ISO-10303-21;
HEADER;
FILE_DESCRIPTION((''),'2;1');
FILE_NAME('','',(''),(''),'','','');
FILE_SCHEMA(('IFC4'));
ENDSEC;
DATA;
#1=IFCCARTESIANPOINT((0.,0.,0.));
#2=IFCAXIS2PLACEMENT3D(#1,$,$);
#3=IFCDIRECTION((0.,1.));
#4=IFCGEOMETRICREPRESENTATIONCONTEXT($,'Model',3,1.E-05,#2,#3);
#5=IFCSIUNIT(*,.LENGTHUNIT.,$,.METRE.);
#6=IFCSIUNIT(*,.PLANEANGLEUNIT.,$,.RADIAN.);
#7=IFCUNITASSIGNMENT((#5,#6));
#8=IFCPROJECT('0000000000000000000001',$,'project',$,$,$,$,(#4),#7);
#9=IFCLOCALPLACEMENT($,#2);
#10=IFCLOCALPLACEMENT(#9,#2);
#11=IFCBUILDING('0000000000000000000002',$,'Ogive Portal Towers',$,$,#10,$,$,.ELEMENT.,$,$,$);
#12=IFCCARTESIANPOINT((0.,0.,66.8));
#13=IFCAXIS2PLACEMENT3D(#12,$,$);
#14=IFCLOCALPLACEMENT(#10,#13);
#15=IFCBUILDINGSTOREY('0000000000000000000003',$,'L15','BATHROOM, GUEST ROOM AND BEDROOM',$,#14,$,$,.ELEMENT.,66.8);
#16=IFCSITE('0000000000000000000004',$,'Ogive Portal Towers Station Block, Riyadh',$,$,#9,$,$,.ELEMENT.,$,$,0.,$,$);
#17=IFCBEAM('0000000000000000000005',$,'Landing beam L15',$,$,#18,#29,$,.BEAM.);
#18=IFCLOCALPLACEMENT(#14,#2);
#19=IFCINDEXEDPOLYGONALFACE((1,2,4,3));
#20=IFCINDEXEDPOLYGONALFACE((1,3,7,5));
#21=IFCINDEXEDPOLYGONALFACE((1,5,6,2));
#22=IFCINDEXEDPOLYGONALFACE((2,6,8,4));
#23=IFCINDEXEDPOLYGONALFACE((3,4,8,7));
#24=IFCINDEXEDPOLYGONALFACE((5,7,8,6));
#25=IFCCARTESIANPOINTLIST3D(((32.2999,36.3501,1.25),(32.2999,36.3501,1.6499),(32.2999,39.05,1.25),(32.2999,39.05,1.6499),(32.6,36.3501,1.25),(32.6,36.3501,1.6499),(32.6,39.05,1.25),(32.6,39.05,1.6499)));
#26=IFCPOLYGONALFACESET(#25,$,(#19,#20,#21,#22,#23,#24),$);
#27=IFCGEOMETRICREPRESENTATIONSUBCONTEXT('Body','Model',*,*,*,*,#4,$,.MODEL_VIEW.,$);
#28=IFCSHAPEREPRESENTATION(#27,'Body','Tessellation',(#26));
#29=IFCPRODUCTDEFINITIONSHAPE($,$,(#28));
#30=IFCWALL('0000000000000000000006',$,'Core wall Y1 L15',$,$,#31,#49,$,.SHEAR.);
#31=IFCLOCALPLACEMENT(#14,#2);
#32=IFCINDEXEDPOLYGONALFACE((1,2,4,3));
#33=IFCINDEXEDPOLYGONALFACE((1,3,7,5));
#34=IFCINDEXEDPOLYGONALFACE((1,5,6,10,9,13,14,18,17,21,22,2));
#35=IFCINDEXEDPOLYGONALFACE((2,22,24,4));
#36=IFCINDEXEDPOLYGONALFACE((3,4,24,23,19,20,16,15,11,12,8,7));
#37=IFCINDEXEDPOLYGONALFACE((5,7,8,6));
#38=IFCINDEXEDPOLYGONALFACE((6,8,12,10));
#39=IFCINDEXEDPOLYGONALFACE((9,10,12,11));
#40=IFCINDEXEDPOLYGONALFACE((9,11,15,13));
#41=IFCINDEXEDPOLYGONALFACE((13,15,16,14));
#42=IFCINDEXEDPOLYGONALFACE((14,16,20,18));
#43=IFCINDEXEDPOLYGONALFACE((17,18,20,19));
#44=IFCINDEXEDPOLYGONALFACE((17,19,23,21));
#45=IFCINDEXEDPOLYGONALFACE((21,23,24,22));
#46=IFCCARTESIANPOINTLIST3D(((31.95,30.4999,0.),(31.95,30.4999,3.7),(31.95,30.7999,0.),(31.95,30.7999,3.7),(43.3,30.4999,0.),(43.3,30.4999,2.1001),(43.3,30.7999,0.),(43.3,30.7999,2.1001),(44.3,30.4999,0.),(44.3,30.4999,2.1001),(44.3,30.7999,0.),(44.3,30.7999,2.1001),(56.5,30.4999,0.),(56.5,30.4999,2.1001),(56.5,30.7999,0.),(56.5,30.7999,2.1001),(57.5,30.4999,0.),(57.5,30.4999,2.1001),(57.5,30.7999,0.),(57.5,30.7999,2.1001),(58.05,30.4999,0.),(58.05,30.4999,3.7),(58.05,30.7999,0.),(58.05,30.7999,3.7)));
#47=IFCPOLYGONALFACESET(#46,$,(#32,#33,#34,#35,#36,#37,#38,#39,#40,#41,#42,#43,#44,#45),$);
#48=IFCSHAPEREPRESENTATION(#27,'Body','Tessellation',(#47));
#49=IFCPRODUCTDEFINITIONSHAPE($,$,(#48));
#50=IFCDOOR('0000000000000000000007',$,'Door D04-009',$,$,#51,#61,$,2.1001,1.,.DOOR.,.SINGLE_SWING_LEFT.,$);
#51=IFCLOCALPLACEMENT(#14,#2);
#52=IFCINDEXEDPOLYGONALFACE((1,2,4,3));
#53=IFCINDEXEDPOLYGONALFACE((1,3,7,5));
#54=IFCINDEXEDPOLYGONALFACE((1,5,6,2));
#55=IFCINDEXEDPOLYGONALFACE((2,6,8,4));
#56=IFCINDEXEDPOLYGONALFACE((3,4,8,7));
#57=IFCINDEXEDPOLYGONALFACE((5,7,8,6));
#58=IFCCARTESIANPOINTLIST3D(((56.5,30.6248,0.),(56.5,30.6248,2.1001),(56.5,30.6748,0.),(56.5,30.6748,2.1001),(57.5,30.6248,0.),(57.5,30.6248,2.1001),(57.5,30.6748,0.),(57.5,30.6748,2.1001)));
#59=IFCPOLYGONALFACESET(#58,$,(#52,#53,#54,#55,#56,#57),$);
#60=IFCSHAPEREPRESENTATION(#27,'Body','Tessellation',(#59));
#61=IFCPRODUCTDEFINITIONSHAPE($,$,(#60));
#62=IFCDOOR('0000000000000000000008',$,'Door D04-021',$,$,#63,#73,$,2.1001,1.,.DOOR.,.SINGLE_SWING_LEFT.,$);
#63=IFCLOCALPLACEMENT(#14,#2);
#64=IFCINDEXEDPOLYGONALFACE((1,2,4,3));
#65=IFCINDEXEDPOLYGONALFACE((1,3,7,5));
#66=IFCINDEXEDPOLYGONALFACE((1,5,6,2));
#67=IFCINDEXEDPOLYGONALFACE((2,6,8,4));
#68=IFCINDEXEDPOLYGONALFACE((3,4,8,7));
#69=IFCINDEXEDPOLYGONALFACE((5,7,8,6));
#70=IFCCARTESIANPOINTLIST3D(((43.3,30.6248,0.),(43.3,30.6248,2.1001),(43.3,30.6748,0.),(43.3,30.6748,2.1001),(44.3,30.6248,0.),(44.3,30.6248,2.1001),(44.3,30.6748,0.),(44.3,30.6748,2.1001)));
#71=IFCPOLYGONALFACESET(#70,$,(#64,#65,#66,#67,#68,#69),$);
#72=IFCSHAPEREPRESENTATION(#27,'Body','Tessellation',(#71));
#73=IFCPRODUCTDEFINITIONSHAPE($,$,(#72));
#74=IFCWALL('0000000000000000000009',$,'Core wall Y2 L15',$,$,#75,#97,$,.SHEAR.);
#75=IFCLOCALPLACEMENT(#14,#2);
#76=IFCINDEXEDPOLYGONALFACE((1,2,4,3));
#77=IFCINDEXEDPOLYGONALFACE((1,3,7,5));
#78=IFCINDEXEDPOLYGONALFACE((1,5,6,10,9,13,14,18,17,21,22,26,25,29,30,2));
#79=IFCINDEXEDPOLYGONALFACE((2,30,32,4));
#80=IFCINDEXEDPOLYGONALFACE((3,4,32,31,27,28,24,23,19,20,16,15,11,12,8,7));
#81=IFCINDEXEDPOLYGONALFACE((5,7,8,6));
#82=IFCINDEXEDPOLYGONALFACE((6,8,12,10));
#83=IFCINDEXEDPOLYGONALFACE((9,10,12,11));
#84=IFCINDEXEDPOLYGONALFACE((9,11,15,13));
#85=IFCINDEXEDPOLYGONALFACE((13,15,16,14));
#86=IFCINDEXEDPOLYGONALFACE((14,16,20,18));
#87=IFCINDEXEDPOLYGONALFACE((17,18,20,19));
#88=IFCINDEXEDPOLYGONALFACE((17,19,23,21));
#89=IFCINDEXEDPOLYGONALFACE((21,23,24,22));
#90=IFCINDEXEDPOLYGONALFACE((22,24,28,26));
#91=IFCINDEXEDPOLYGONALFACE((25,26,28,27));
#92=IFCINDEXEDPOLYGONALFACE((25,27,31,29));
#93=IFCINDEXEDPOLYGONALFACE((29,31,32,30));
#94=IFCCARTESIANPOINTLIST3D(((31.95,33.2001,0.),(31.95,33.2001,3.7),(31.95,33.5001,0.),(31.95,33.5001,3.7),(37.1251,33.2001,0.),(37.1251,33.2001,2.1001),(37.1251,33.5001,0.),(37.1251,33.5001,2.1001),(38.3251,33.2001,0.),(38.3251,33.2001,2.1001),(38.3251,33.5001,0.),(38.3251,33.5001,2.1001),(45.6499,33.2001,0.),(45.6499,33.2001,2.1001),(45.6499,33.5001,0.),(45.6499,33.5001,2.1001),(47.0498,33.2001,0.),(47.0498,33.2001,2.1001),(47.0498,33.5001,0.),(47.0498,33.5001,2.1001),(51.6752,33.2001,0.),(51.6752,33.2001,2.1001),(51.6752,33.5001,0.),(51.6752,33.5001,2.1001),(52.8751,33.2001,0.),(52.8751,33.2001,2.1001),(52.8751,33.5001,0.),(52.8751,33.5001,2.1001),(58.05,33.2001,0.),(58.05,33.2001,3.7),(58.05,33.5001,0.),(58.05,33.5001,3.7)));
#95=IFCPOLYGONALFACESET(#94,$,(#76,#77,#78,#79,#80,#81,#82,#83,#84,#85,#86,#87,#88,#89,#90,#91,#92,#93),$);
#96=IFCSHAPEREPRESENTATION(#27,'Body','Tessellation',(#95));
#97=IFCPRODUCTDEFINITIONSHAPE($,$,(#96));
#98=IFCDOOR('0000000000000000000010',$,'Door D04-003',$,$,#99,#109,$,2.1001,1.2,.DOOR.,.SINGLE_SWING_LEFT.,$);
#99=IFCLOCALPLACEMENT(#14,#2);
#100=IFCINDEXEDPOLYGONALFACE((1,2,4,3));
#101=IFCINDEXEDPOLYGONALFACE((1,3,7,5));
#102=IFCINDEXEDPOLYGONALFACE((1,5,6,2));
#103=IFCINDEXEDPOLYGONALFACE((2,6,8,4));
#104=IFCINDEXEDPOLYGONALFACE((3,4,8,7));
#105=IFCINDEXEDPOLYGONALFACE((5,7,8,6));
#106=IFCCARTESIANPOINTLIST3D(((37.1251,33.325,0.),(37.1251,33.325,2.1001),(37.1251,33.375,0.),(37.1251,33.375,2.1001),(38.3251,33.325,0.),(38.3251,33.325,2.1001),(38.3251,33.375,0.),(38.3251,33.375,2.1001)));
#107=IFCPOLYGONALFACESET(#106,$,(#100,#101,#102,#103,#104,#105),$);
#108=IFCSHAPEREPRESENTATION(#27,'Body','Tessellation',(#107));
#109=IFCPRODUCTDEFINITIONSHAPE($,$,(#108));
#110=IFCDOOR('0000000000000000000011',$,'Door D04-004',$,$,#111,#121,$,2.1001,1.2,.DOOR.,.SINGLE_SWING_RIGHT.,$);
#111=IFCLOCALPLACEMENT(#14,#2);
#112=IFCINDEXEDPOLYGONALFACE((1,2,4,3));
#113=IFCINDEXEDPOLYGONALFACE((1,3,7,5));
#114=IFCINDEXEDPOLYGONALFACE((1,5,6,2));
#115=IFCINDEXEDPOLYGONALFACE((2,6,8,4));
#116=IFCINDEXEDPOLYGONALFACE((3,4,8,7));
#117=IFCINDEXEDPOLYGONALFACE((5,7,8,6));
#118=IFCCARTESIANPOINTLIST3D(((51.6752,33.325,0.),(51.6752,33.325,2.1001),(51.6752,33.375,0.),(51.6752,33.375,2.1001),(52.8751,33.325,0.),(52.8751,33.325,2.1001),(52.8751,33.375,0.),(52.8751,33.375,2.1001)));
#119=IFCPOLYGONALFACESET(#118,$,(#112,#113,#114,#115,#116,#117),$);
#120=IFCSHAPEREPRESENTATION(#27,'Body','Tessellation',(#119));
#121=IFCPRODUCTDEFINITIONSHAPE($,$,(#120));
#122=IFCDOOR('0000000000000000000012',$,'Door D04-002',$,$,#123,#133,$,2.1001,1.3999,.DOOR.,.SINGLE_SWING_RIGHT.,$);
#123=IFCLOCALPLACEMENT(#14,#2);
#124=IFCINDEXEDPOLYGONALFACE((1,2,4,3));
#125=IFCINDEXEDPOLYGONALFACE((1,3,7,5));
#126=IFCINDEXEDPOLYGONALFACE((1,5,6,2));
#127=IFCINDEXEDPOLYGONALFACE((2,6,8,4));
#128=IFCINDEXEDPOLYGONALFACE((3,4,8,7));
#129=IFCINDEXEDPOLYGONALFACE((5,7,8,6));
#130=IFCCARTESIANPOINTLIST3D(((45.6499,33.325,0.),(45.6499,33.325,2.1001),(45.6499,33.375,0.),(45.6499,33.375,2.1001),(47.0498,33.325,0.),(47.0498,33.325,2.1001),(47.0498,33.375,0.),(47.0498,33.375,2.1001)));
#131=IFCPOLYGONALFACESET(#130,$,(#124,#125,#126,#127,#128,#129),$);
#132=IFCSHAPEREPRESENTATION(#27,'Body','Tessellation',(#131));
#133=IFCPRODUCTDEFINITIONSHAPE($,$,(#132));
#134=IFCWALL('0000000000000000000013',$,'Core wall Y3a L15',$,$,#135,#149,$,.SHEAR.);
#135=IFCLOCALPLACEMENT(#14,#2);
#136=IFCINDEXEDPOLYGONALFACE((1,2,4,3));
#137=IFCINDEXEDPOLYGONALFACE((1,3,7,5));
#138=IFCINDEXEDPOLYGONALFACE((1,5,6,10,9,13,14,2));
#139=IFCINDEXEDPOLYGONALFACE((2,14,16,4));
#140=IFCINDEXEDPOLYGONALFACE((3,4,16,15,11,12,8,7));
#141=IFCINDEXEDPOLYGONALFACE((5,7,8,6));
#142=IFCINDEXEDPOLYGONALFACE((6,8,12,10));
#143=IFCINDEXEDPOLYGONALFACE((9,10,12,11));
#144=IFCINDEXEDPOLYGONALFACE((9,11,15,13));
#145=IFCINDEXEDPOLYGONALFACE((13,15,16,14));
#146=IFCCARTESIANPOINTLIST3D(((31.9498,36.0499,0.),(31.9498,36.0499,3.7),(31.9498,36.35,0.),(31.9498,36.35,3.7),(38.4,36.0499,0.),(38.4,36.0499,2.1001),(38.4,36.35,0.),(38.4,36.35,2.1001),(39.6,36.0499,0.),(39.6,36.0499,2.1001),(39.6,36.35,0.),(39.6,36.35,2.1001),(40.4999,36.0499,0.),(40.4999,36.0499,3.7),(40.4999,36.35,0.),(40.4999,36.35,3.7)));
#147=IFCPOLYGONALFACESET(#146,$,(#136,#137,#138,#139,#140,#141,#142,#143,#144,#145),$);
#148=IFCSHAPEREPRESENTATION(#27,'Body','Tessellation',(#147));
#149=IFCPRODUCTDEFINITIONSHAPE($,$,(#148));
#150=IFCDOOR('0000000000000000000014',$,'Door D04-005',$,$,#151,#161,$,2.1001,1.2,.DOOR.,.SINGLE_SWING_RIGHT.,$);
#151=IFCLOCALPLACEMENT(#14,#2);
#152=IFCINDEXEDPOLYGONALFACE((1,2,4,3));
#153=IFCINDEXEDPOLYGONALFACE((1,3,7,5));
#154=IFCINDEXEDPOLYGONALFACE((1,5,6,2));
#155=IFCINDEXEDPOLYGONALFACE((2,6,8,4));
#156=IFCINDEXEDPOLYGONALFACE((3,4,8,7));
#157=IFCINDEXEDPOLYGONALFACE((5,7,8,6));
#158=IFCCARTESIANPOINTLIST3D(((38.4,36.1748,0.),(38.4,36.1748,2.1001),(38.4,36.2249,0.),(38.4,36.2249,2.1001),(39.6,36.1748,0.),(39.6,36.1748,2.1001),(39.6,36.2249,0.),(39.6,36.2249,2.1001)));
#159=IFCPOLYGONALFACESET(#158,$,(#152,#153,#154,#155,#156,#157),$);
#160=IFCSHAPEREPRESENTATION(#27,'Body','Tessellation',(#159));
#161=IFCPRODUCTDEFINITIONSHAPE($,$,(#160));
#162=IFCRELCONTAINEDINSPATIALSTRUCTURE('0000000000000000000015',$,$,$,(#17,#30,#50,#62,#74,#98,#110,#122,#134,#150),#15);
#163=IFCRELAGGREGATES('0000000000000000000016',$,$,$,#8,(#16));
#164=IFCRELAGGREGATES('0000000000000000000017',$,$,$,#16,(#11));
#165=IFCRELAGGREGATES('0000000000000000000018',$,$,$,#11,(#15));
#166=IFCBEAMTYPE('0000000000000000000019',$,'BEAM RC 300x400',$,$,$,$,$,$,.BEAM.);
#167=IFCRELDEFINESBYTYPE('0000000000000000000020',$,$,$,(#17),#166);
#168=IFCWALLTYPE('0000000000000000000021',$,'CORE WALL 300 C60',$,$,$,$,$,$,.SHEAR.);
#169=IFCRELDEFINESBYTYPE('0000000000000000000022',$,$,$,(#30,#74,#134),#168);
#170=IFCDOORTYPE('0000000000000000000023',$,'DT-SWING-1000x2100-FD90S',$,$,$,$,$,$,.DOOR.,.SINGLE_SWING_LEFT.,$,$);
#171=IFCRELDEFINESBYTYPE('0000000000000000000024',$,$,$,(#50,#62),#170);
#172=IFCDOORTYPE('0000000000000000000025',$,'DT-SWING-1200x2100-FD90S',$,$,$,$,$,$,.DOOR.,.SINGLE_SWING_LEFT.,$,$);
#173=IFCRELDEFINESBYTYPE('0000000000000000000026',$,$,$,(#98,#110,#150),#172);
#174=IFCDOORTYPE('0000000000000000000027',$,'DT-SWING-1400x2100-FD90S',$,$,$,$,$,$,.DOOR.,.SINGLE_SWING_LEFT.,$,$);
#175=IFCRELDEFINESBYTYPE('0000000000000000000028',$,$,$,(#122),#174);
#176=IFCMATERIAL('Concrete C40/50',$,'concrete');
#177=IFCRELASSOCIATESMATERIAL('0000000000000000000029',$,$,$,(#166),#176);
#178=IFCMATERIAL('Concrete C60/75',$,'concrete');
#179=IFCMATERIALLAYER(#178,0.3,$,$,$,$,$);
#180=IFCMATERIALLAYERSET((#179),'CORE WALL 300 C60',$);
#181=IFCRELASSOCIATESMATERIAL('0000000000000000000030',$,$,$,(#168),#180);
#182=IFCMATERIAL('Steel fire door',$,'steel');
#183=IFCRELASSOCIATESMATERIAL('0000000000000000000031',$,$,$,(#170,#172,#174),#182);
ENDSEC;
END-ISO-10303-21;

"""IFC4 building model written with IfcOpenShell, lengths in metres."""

from ifc_helpers import new_model, si_unit, direction, frame, frame_2d, origin, origin_2d, place, context, subcontext, project, spatial, rectangle, extrude, material, layer, layer_set, material_profile, profile_set, type_object, element, fill, save


model = new_model("IFC4")

# Units and contexts
model_context = context("Model", 3, precision=1e-05, world=origin(), true_north=direction((0.0, 1.0)))
body_context = subcontext(model_context, "Body", "Model", "MODEL_VIEW")
ifc_project = project(units=[si_unit("LENGTHUNIT", "METRE"), si_unit("PLANEANGLEUNIT", "RADIAN")], contexts=[model_context])

# Site, building, storey
site_placement = place(None, origin())
site = spatial("IfcSite", under=ifc_project, at=site_placement, Name="Ogive Portal Towers Station Block, Riyadh", CompositionType="ELEMENT", RefElevation=0.0)
building_placement = place(site_placement, origin())
building = spatial("IfcBuilding", under=site, at=building_placement, Name="Ogive Portal Towers", CompositionType="ELEMENT")
storey_placement = place(building_placement, frame((0.0, 0.0, 66.8)))
storey = spatial("IfcBuildingStorey", under=building, at=storey_placement, Name="L15", Description="BATHROOM, GUEST ROOM AND BEDROOM", CompositionType="ELEMENT", Elevation=66.8)

# Beam
ifc_material_1 = material(Name="Concrete C40/50", Category="concrete")
ifc_material_profile = material_profile(ifc_material_1, rectangle(XDim=0.3, YDim=0.3999, at=origin_2d()), Name="RC 300x400")
ifc_profile_set = profile_set([ifc_material_profile], Name="Concrete C40/50")
beam_type = type_object("IfcBeamType", Name="BEAM RC 300x400", PredefinedType="BEAM", material=ifc_profile_set)
beam_placement = place(storey_placement, frame((32.45, 36.3501, 1.45), z_axis=(0.0, 1.0, 0.0), x_axis=(-1.0, 0.0, 0.0)))
element("IfcBeam", 1, at=beam_placement, inside=storey, type_object=beam_type, Name="Landing beam L15", PredefinedType="BEAM", context=body_context, shape_type="SweptSolid", body=[
    extrude(rectangle(XDim=0.3, YDim=0.3999, at=origin_2d()), origin(), (0.0, 0.0, 1.0), 2.7),
])

# Walls, openings, doors
ifc_material_2 = material(Name="Concrete C60/75", Category="concrete")
ifc_layer_1 = layer(ifc_material_2, 0.3)
ifc_layer_set_1 = layer_set([ifc_layer_1], Name="CORE WALL 300 C60")
wall_type_1 = type_object("IfcWallType", Name="CORE WALL 300 C60", PredefinedType="SHEAR", material=ifc_layer_set_1)
wall_1_placement = place(storey_placement, frame((31.95, 30.6499, 0.0), z_axis=(0.0, 0.0, 1.0), x_axis=(1.0, 0.0, 0.0)))
wall_1 = element("IfcWall", 2, at=wall_1_placement, inside=storey, type_object=wall_type_1, Name="Core wall Y1 L15", PredefinedType="SHEAR", context=body_context, shape_type="SweptSolid", body=[
    extrude(rectangle(XDim=26.1001, YDim=0.3, at=frame_2d((13.05, 0.0))), origin(), (0.0, 0.0, 1.0), 3.7),
])
opening_1_placement = place(wall_1_placement, frame((24.55, 0.0, 0.0)))
opening_1 = element("IfcOpeningElement", 3, at=opening_1_placement, cuts=wall_1, PredefinedType="OPENING", context=body_context, shape_type="SweptSolid", body=[
    extrude(rectangle(XDim=1.0, YDim=2.1001, at=frame_2d((0.5, 1.05))), frame((0.0, 0.1602, 0.0), z_axis=(0.0, -1.0, 0.0), x_axis=(1.0, 0.0, 0.0)), (0.0, 0.0, 1.0), 0.3201),
])
opening_2_placement = place(wall_1_placement, frame((11.3501, 0.0, 0.0)))
opening_2 = element("IfcOpeningElement", 4, at=opening_2_placement, cuts=wall_1, PredefinedType="OPENING", context=body_context, shape_type="SweptSolid", body=[
    extrude(rectangle(XDim=1.0, YDim=2.1001, at=frame_2d((0.5, 1.05))), frame((0.0, 0.1602, 0.0), z_axis=(0.0, -1.0, 0.0), x_axis=(1.0, 0.0, 0.0)), (0.0, 0.0, 1.0), 0.3201),
])
ifc_material_3 = material(Name="Steel fire door", Category="steel")
door_type_1 = type_object("IfcDoorType", Name="DT-SWING-1000x2100-FD90S", OperationType="SINGLE_SWING_LEFT", PredefinedType="DOOR", material=ifc_material_3)
door_1_placement = place(opening_1_placement, origin())
door_1 = element("IfcDoor", 5, at=door_1_placement, inside=storey, type_object=door_type_1, Name="Door D04-009", OperationType="SINGLE_SWING_LEFT", OverallHeight=2.1001, OverallWidth=1.0, PredefinedType="DOOR", context=body_context, shape_type="SweptSolid", body=[
    extrude(rectangle(XDim=1.0, YDim=2.1001, at=frame_2d((0.5, 1.05))), frame((0.0, 0.0249, 0.0), z_axis=(0.0, -1.0, 0.0), x_axis=(1.0, 0.0, 0.0)), (0.0, 0.0, 1.0), 0.05),
])
fill(opening_1, door_1)
door_2_placement = place(opening_2_placement, origin())
door_2 = element("IfcDoor", 6, at=door_2_placement, inside=storey, type_object=door_type_1, Name="Door D04-021", OperationType="SINGLE_SWING_LEFT", OverallHeight=2.1001, OverallWidth=1.0, PredefinedType="DOOR", context=body_context, shape_type="SweptSolid", body=[
    extrude(rectangle(XDim=1.0, YDim=2.1001, at=frame_2d((0.5, 1.05))), frame((0.0, 0.0249, 0.0), z_axis=(0.0, -1.0, 0.0), x_axis=(1.0, 0.0, 0.0)), (0.0, 0.0, 1.0), 0.05),
])
fill(opening_2, door_2)
wall_2_placement = place(storey_placement, frame((31.95, 33.3501, 0.0), z_axis=(0.0, 0.0, 1.0), x_axis=(1.0, 0.0, 0.0)))
wall_2 = element("IfcWall", 7, at=wall_2_placement, inside=storey, type_object=wall_type_1, Name="Core wall Y2 L15", PredefinedType="SHEAR", context=body_context, shape_type="SweptSolid", body=[
    extrude(rectangle(XDim=26.1001, YDim=0.3, at=frame_2d((13.05, 0.0))), origin(), (0.0, 0.0, 1.0), 3.7),
])
opening_3_placement = place(wall_2_placement, frame((13.7, 0.0, 0.0)))
opening_3 = element("IfcOpeningElement", 8, at=opening_3_placement, cuts=wall_2, PredefinedType="OPENING", context=body_context, shape_type="SweptSolid", body=[
    extrude(rectangle(XDim=1.3999, YDim=2.1001, at=frame_2d((0.7, 1.05))), frame((0.0, 0.1602, 0.0), z_axis=(0.0, -1.0, 0.0), x_axis=(1.0, 0.0, 0.0)), (0.0, 0.0, 1.0), 0.3201),
])
opening_4_placement = place(wall_2_placement, frame((5.175, 0.0, 0.0)))
opening_4 = element("IfcOpeningElement", 9, at=opening_4_placement, cuts=wall_2, PredefinedType="OPENING", context=body_context, shape_type="SweptSolid", body=[
    extrude(rectangle(XDim=1.2, YDim=2.1001, at=frame_2d((0.6001, 1.05))), frame((0.0, 0.1602, 0.0), z_axis=(0.0, -1.0, 0.0), x_axis=(1.0, 0.0, 0.0)), (0.0, 0.0, 1.0), 0.3201),
])
opening_5_placement = place(wall_2_placement, frame((19.7251, 0.0, 0.0)))
opening_5 = element("IfcOpeningElement", 10, at=opening_5_placement, cuts=wall_2, PredefinedType="OPENING", context=body_context, shape_type="SweptSolid", body=[
    extrude(rectangle(XDim=1.2, YDim=2.1001, at=frame_2d((0.6001, 1.05))), frame((0.0, 0.1602, 0.0), z_axis=(0.0, -1.0, 0.0), x_axis=(1.0, 0.0, 0.0)), (0.0, 0.0, 1.0), 0.3201),
])
door_type_2 = type_object("IfcDoorType", Name="DT-SWING-1200x2100-FD90S", OperationType="SINGLE_SWING_LEFT", PredefinedType="DOOR", material=ifc_material_3)
door_3_placement = place(opening_4_placement, origin())
door_3 = element("IfcDoor", 11, at=door_3_placement, inside=storey, type_object=door_type_2, Name="Door D04-003", OperationType="SINGLE_SWING_LEFT", OverallHeight=2.1001, OverallWidth=1.2, PredefinedType="DOOR", context=body_context, shape_type="SweptSolid", body=[
    extrude(rectangle(XDim=1.2, YDim=2.1001, at=frame_2d((0.6001, 1.05))), frame((0.0, 0.0249, 0.0), z_axis=(0.0, -1.0, 0.0), x_axis=(1.0, 0.0, 0.0)), (0.0, 0.0, 1.0), 0.05),
])
fill(opening_4, door_3)
door_4_placement = place(opening_5_placement, origin())
door_4 = element("IfcDoor", 12, at=door_4_placement, inside=storey, type_object=door_type_2, Name="Door D04-004", OperationType="SINGLE_SWING_RIGHT", OverallHeight=2.1001, OverallWidth=1.2, PredefinedType="DOOR", context=body_context, shape_type="SweptSolid", body=[
    extrude(rectangle(XDim=1.2, YDim=2.1001, at=frame_2d((0.6001, 1.05))), frame((0.0, 0.0249, 0.0), z_axis=(0.0, -1.0, 0.0), x_axis=(1.0, 0.0, 0.0)), (0.0, 0.0, 1.0), 0.05),
])
fill(opening_5, door_4)
door_type_3 = type_object("IfcDoorType", Name="DT-SWING-1400x2100-FD90S", OperationType="SINGLE_SWING_LEFT", PredefinedType="DOOR", material=ifc_material_3)
door_5_placement = place(opening_3_placement, origin())
door_5 = element("IfcDoor", 13, at=door_5_placement, inside=storey, type_object=door_type_3, Name="Door D04-002", OperationType="SINGLE_SWING_RIGHT", OverallHeight=2.1001, OverallWidth=1.3999, PredefinedType="DOOR", context=body_context, shape_type="SweptSolid", body=[
    extrude(rectangle(XDim=1.3999, YDim=2.1001, at=frame_2d((0.7, 1.05))), frame((0.0, 0.0249, 0.0), z_axis=(0.0, -1.0, 0.0), x_axis=(1.0, 0.0, 0.0)), (0.0, 0.0, 1.0), 0.05),
])
fill(opening_3, door_5)

# Wall, opening, door
wall_3_placement = place(storey_placement, frame((31.95, 36.2, 0.0), z_axis=(0.0, 0.0, 1.0), x_axis=(1.0, 0.0, 0.0)))
wall_3 = element("IfcWall", 14, at=wall_3_placement, inside=storey, type_object=wall_type_1, Name="Core wall Y3a L15", PredefinedType="SHEAR", context=body_context, shape_type="SweptSolid", body=[
    extrude(rectangle(XDim=8.55, YDim=0.3, at=frame_2d((4.2749, 0.0))), origin(), (0.0, 0.0, 1.0), 3.7),
])
opening_6_placement = place(wall_3_placement, frame((6.45, 0.0, 0.0)))
opening_6 = element("IfcOpeningElement", 15, at=opening_6_placement, cuts=wall_3, PredefinedType="OPENING", context=body_context, shape_type="SweptSolid", body=[
    extrude(rectangle(XDim=1.2, YDim=2.1001, at=frame_2d((0.6001, 1.05))), frame((0.0, 0.1602, 0.0), z_axis=(0.0, -1.0, 0.0), x_axis=(1.0, 0.0, 0.0)), (0.0, 0.0, 1.0), 0.3201),
])
door_6_placement = place(opening_6_placement, origin())
door_6 = element("IfcDoor", 16, at=door_6_placement, inside=storey, type_object=door_type_2, Name="Door D04-005", OperationType="SINGLE_SWING_RIGHT", OverallHeight=2.1001, OverallWidth=1.2, PredefinedType="DOOR", context=body_context, shape_type="SweptSolid", body=[
    extrude(rectangle(XDim=1.2, YDim=2.1001, at=frame_2d((0.6001, 1.05))), frame((0.0, 0.0249, 0.0), z_axis=(0.0, -1.0, 0.0), x_axis=(1.0, 0.0, 0.0)), (0.0, 0.0, 1.0), 0.05),
])
fill(opening_6, door_6)

save(model, "model.ifc")
